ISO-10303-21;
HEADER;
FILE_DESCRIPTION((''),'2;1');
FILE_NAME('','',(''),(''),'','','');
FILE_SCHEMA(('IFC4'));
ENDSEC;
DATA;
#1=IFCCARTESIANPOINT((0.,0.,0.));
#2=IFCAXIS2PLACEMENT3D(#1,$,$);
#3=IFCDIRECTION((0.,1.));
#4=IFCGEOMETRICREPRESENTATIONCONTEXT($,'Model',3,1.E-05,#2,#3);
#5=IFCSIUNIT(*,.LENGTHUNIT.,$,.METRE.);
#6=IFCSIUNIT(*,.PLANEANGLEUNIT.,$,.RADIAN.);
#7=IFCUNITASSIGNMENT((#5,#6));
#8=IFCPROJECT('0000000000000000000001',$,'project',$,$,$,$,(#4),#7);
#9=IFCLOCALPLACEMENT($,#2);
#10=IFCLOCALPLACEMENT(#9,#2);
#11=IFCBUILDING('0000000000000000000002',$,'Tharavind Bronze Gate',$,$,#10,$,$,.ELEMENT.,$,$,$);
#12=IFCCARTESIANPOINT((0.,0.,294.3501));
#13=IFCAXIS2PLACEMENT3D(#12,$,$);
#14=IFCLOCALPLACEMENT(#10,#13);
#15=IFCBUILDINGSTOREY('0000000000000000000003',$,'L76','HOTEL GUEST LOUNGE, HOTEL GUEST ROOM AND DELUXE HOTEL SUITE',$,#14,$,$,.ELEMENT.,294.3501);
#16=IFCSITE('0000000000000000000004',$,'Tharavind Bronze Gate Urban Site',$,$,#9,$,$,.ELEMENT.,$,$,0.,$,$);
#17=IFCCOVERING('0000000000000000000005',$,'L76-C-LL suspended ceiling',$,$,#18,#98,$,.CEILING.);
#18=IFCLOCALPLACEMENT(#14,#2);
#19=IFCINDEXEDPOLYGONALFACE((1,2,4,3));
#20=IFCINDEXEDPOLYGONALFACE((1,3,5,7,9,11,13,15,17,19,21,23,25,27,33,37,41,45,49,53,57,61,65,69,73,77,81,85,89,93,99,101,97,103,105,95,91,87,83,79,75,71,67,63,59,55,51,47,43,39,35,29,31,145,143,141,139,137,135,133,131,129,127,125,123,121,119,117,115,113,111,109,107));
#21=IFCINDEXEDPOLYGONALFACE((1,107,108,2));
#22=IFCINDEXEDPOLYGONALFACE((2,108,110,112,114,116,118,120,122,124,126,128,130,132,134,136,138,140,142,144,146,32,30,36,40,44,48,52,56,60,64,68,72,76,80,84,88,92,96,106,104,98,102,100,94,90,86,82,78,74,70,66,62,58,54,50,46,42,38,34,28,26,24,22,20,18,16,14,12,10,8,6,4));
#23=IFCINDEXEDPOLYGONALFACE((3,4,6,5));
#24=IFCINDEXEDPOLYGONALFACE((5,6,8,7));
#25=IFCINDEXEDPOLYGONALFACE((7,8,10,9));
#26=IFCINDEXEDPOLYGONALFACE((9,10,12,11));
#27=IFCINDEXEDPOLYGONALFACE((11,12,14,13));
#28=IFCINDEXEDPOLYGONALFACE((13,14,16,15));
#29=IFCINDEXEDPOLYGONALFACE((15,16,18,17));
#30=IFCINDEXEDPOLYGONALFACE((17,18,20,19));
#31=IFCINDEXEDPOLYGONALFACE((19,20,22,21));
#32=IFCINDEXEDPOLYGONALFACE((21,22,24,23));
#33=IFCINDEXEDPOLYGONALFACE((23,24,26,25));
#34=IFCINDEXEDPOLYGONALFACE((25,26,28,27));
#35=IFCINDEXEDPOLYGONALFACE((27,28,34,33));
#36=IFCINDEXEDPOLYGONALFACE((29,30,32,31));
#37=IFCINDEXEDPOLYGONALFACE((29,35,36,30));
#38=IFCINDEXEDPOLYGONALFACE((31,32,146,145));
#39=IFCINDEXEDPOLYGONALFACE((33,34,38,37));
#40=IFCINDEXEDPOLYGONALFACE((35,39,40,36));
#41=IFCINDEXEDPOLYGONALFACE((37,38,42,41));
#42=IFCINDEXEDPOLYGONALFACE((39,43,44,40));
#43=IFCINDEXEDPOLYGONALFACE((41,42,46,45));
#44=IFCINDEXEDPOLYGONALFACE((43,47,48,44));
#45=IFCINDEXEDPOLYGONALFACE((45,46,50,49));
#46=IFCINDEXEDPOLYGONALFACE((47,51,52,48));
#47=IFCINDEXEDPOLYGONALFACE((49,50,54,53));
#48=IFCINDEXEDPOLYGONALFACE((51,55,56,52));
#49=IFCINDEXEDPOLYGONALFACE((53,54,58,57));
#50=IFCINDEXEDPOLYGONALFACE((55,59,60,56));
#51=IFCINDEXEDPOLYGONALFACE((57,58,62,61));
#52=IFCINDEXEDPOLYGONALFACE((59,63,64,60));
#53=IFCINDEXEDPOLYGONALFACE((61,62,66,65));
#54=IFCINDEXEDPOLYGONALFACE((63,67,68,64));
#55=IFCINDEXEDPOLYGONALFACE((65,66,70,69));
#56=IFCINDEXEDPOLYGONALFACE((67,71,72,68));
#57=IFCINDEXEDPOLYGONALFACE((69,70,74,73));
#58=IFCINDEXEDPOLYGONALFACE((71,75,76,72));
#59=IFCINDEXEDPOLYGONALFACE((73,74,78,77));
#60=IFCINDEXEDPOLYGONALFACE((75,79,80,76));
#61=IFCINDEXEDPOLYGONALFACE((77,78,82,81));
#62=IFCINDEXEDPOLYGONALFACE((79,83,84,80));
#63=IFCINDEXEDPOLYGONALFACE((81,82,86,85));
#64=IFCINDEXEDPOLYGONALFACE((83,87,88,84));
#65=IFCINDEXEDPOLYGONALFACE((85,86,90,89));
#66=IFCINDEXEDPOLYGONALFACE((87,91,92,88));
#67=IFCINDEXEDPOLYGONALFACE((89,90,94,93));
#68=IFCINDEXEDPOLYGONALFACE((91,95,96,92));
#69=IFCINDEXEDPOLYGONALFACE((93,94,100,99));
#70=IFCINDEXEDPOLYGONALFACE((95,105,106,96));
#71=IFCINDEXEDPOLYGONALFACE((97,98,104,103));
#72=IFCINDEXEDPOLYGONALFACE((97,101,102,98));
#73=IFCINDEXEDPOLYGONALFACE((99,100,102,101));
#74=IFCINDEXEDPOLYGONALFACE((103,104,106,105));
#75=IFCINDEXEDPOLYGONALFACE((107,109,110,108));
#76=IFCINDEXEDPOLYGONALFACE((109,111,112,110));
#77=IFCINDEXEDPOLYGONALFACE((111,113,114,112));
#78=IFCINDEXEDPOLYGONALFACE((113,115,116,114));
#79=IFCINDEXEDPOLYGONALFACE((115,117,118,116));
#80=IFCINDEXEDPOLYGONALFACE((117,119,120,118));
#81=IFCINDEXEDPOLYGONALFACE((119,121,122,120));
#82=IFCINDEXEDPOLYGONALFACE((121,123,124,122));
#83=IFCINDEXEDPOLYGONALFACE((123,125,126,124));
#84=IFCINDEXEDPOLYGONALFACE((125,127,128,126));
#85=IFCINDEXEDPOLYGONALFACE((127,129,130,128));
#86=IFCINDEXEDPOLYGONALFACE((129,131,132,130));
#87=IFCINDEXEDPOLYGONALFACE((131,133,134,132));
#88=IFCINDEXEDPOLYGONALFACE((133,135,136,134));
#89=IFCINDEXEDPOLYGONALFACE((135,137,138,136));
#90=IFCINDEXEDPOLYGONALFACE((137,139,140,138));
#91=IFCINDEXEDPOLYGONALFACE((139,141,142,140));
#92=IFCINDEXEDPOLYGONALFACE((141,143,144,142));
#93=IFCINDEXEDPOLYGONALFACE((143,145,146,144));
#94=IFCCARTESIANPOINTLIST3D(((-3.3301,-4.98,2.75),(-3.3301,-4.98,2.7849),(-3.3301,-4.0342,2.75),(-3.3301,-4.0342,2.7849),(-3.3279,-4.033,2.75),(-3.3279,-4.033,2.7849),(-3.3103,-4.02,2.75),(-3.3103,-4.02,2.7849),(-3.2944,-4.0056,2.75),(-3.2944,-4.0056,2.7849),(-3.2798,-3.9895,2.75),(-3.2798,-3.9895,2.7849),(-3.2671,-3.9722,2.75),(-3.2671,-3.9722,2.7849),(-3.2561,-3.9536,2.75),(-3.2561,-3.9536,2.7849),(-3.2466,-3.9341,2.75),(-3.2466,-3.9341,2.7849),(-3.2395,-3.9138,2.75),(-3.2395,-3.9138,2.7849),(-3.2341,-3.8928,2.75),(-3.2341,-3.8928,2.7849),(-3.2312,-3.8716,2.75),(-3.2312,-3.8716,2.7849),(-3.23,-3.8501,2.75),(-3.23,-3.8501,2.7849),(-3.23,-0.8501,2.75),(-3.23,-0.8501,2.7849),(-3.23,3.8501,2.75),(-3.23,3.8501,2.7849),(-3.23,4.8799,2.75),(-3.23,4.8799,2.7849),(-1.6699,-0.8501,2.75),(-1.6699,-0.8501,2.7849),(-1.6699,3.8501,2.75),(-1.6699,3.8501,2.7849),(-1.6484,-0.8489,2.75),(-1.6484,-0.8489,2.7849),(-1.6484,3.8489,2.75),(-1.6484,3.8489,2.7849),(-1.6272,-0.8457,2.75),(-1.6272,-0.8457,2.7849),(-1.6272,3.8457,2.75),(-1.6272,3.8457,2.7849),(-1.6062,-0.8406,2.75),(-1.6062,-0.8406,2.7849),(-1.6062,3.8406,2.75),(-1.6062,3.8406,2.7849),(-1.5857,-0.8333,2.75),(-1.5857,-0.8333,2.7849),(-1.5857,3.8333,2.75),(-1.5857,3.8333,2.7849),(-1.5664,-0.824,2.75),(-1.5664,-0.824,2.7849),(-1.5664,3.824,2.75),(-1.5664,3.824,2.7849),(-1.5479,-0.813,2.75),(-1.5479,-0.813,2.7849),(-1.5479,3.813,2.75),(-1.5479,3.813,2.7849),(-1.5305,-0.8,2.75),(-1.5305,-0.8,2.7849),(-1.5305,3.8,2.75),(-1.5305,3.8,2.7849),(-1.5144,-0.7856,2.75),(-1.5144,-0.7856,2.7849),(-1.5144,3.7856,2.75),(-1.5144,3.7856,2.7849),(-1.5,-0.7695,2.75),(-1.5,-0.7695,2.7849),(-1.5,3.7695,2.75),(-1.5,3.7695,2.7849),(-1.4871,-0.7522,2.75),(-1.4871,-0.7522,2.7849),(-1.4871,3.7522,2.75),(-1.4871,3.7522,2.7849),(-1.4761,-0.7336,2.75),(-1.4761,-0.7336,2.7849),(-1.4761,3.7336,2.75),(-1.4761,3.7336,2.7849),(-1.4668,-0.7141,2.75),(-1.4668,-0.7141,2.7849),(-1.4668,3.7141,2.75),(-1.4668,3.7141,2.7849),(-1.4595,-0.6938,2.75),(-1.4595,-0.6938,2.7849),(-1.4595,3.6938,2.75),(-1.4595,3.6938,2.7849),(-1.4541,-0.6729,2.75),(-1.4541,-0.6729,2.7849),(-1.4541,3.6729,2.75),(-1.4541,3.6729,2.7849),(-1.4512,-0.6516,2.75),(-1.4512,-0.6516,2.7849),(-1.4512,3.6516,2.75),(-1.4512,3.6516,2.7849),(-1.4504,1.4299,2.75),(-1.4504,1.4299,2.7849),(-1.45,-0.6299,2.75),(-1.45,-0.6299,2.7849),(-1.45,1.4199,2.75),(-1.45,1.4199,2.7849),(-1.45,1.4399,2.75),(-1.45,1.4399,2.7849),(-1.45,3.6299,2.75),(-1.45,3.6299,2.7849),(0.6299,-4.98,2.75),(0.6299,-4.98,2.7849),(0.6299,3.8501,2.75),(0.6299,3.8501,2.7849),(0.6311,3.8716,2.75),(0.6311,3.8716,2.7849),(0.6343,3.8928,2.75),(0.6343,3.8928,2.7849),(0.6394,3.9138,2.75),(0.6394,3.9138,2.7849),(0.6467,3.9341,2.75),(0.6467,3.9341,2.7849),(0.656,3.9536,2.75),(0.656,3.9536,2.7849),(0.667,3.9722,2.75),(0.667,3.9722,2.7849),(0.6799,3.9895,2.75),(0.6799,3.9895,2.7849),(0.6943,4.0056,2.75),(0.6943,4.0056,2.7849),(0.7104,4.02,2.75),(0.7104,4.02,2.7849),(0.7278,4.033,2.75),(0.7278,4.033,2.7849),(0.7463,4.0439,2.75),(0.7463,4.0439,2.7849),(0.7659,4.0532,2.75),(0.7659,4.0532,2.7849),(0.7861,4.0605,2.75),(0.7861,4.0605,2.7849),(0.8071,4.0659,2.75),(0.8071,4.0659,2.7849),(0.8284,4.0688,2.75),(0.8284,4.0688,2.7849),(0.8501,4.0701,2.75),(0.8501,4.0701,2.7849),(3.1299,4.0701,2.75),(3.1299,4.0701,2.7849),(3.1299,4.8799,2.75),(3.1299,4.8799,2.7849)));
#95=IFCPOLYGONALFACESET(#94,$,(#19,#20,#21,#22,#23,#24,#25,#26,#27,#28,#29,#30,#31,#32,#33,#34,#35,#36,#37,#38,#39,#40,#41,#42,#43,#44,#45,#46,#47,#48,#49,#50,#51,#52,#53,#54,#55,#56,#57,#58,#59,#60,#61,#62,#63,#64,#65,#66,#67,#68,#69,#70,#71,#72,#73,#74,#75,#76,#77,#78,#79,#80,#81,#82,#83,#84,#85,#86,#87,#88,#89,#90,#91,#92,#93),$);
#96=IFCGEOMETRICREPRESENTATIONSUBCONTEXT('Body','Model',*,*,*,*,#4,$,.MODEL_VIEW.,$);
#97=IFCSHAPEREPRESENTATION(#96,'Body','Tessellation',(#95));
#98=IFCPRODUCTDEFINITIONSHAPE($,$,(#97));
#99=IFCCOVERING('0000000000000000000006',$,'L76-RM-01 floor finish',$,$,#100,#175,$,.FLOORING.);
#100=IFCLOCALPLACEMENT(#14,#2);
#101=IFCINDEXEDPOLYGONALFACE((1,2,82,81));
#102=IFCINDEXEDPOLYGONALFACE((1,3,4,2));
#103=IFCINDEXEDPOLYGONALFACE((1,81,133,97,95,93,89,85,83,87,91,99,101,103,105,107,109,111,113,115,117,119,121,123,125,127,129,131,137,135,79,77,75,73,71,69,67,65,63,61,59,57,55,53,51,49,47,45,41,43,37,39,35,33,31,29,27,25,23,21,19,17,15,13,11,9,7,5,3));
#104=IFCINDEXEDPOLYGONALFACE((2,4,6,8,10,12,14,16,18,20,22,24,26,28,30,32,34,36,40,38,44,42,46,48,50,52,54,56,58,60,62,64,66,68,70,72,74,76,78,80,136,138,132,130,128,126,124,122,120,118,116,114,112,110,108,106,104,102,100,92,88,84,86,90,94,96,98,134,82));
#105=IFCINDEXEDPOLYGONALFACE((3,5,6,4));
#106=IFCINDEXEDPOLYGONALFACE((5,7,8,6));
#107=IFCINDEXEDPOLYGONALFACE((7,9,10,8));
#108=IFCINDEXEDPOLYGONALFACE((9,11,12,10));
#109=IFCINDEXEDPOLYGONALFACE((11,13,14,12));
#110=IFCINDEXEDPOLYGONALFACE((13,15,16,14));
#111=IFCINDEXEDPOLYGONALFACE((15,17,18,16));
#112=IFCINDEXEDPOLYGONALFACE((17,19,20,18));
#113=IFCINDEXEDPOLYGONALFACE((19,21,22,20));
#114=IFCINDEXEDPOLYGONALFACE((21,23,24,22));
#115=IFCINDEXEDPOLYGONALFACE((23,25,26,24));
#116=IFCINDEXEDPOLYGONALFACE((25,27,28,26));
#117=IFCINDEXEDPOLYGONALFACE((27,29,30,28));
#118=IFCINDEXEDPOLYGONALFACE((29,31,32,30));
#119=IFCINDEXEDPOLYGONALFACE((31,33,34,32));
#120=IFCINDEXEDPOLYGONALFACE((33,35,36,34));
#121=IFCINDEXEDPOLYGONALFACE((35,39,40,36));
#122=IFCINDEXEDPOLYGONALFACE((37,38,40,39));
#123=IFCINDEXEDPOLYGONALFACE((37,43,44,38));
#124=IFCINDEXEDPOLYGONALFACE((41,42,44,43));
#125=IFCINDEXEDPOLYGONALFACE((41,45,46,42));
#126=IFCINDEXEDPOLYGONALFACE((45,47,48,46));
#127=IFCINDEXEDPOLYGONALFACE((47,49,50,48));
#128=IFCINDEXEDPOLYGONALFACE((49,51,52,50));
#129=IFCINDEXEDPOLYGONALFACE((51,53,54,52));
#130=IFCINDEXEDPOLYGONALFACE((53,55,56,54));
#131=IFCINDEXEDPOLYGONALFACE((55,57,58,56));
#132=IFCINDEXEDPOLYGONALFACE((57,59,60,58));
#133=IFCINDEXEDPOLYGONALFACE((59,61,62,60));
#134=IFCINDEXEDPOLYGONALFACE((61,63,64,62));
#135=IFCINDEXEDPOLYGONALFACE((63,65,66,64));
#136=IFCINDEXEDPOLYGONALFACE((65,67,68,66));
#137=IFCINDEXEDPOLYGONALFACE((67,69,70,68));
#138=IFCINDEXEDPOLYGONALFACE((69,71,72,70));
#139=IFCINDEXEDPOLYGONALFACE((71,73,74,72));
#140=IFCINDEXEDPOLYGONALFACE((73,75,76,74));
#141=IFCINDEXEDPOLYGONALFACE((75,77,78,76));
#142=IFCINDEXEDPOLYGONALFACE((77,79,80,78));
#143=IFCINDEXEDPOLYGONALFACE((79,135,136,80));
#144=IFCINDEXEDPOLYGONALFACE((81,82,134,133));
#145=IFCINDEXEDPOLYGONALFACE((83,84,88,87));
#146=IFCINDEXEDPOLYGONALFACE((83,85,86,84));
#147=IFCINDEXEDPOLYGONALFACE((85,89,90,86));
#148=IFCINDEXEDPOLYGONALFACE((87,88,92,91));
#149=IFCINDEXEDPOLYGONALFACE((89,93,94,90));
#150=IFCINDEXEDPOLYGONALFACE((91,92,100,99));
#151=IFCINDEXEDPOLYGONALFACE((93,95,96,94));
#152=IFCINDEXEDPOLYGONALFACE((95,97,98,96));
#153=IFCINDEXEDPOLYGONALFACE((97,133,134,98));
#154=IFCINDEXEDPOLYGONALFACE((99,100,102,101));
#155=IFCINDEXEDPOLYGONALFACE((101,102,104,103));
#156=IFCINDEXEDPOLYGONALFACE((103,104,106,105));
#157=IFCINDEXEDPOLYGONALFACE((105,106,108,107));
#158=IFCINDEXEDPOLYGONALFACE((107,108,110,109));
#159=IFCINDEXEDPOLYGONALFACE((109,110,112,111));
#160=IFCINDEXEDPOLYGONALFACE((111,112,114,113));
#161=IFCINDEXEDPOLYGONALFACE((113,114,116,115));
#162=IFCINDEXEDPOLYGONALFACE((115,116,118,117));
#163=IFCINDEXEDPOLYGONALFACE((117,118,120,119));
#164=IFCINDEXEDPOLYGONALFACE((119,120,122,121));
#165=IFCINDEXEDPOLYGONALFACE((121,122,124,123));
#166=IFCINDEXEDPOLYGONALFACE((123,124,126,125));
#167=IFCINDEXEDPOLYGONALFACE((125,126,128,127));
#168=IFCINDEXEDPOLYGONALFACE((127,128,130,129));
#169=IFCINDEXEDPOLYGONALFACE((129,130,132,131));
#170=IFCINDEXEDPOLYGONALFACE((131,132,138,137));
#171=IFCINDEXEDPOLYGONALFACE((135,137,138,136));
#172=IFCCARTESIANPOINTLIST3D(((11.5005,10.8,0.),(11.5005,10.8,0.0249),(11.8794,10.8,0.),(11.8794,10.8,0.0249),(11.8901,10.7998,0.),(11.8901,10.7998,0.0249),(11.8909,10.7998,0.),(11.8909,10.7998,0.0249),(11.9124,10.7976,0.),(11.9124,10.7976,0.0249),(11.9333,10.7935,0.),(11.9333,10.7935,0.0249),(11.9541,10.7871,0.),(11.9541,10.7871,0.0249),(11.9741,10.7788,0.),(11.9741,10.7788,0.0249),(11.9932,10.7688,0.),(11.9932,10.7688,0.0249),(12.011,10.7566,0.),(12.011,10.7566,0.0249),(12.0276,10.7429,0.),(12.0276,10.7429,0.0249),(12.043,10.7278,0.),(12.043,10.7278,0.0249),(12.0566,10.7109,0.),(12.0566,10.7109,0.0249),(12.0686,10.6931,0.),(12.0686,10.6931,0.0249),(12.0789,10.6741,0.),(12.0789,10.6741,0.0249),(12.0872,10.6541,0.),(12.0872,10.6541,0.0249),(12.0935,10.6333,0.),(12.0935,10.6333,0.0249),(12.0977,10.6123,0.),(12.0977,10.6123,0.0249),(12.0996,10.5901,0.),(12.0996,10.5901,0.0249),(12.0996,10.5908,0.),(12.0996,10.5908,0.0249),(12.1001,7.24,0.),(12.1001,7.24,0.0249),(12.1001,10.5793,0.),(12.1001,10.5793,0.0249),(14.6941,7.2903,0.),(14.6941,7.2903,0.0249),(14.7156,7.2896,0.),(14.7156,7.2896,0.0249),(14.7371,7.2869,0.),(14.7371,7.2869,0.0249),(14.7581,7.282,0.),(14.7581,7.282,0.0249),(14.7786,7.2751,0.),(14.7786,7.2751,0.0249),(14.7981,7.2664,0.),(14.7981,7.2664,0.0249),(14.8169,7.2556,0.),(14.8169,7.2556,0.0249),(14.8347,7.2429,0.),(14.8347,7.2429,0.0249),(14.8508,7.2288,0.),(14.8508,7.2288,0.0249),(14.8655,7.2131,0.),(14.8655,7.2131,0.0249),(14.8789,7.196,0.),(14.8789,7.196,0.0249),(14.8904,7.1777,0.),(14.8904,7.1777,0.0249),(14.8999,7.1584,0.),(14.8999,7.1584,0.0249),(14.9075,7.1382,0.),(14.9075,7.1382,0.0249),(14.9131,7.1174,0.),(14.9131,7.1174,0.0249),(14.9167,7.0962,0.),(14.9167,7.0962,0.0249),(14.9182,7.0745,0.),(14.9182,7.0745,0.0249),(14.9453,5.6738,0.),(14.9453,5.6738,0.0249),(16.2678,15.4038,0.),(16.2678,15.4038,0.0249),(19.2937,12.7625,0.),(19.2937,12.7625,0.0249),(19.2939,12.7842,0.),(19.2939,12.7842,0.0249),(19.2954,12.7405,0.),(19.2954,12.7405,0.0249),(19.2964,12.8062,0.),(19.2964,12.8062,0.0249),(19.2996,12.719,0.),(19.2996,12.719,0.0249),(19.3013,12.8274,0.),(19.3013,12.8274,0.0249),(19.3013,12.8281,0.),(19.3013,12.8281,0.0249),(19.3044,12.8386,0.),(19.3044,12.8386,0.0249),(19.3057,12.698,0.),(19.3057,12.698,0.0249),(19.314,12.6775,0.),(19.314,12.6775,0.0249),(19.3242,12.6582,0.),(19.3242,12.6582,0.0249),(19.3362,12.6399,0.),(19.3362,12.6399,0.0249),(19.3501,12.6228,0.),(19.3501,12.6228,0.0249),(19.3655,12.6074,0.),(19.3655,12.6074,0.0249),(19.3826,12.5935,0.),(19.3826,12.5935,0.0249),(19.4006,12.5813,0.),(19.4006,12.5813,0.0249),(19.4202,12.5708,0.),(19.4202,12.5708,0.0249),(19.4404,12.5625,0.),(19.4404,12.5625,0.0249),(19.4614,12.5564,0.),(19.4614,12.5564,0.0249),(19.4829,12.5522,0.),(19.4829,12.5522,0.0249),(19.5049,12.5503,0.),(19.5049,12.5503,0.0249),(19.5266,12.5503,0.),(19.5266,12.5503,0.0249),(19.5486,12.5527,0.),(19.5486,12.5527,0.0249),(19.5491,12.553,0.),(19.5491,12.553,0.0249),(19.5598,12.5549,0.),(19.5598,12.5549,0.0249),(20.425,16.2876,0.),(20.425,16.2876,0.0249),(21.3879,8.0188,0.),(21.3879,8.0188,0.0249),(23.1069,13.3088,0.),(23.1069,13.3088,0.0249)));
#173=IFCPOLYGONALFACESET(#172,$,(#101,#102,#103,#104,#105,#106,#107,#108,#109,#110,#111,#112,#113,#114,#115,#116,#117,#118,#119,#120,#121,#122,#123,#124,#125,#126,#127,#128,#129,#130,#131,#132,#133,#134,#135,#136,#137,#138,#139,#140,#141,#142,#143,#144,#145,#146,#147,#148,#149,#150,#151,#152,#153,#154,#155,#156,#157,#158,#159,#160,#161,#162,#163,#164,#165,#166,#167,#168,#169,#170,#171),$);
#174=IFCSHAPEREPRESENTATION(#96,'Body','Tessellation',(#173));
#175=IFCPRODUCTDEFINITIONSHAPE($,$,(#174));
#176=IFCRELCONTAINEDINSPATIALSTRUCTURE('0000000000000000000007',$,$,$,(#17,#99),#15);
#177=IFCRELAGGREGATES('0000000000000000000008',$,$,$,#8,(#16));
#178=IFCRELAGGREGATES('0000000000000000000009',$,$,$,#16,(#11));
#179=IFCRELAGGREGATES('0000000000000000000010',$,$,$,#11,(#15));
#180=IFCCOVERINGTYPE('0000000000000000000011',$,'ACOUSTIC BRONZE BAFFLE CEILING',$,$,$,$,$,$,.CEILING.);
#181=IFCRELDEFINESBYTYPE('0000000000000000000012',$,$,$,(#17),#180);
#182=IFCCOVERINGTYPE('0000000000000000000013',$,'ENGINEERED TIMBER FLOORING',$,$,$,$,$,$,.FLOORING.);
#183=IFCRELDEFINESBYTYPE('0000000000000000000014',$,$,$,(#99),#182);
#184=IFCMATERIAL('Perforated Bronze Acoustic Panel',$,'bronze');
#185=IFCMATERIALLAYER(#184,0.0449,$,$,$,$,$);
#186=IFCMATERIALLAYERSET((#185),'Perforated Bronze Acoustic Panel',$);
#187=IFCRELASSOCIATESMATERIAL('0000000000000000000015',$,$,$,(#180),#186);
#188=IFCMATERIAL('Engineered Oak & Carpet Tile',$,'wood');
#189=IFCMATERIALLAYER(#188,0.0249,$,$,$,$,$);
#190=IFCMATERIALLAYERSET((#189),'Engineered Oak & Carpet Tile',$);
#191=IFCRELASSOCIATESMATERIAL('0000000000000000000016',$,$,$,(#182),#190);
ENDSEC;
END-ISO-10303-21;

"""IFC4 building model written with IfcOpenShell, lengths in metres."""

from ifc_helpers import new_model, si_unit, direction, frame, origin, place, context, subcontext, project, spatial, polyline, outline, extrude, material, layer, layer_set, type_object, element, save


model = new_model("IFC4")

# Units and contexts
model_context = context("Model", 3, precision=1e-05, world=origin(), true_north=direction((0.0, 1.0)))
body_context = subcontext(model_context, "Body", "Model", "MODEL_VIEW")
ifc_project = project(units=[si_unit("LENGTHUNIT", "METRE"), si_unit("PLANEANGLEUNIT", "RADIAN")], contexts=[model_context])

# Site, building, storey
site_placement = place(None, origin())
site = spatial("IfcSite", under=ifc_project, at=site_placement, Name="Tharavind Bronze Gate Urban Site", CompositionType="ELEMENT", RefElevation=0.0)
building_placement = place(site_placement, origin())
building = spatial("IfcBuilding", under=site, at=building_placement, Name="Tharavind Bronze Gate", CompositionType="ELEMENT")
storey_placement = place(building_placement, frame((0.0, 0.0, 294.3501)))
storey = spatial("IfcBuildingStorey", under=building, at=storey_placement, Name="L76", Description="HOTEL GUEST LOUNGE, HOTEL GUEST ROOM AND DELUXE HOTEL SUITE", CompositionType="ELEMENT", Elevation=294.3501)

# Coverings
ifc_material_1 = material(Name="Perforated Bronze Acoustic Panel", Category="bronze")
ifc_layer_1 = layer(ifc_material_1, 0.0449)
ifc_layer_set_1 = layer_set([ifc_layer_1], Name="Perforated Bronze Acoustic Panel")
covering_type_1 = type_object("IfcCoveringType", Name="ACOUSTIC BRONZE BAFFLE CEILING", PredefinedType="CEILING", material=ifc_layer_set_1)
covering_1_placement = place(storey_placement, frame((0.0, 0.0, 2.75)))
element("IfcCovering", 1, at=covering_1_placement, inside=storey, type_object=covering_type_1, Name="L76-C-LL suspended ceiling", PredefinedType="CEILING", context=body_context, shape_type="SweptSolid", body=[
    extrude(outline(polyline([(-3.3301, -4.98), (0.6299, -4.98), (0.6299, 3.8501), (0.6311, 3.8716), (0.6343, 3.8928), (0.6394, 3.9138), (0.6467, 3.9341), (0.656, 3.9536), (0.667, 3.9722), (0.6799, 3.9895), (0.6943, 4.0056), (0.7104, 4.02), (0.7278, 4.033), (0.7463, 4.0439), (0.7659, 4.0532), (0.7861, 4.0605), (0.8071, 4.0659), (0.8284, 4.0688), (0.8501, 4.0701), (3.1299, 4.0701), (3.1299, 4.8799), (-3.23, 4.8799), (-3.23, 3.8501), (-1.6699, 3.8501), (-1.6484, 3.8489), (-1.6272, 3.8457), (-1.6062, 3.8406), (-1.5857, 3.8333), (-1.5664, 3.824), (-1.5479, 3.813), (-1.5305, 3.8), (-1.5144, 3.7856), (-1.5, 3.7695), (-1.4871, 3.7522), (-1.4761, 3.7336), (-1.4668, 3.7141), (-1.4595, 3.6938), (-1.4541, 3.6729), (-1.4512, 3.6516), (-1.45, 3.6299), (-1.45, 1.4399), (-1.4504, 1.4299), (-1.45, 1.4199), (-1.45, -0.6299), (-1.4512, -0.6516), (-1.4541, -0.6729), (-1.4595, -0.6938), (-1.4668, -0.7141), (-1.4761, -0.7336), (-1.4871, -0.7522), (-1.5, -0.7695), (-1.5144, -0.7856), (-1.5305, -0.8), (-1.5479, -0.813), (-1.5664, -0.824), (-1.5857, -0.8333), (-1.6062, -0.8406), (-1.6272, -0.8457), (-1.6484, -0.8489), (-1.6699, -0.8501), (-3.23, -0.8501), (-3.23, -3.8501), (-3.2312, -3.8716), (-3.2341, -3.8928), (-3.2395, -3.9138), (-3.2466, -3.9341), (-3.2561, -3.9536), (-3.2671, -3.9722), (-3.2798, -3.9895), (-3.2944, -4.0056), (-3.3103, -4.02), (-3.3279, -4.033), (-3.3301, -4.0342), (-3.3301, -4.98)])), origin(), (0.0, 0.0, 1.0), 0.0349),
])
ifc_material_2 = material(Name="Engineered Oak & Carpet Tile", Category="wood")
ifc_layer_2 = layer(ifc_material_2, 0.0249)
ifc_layer_set_2 = layer_set([ifc_layer_2], Name="Engineered Oak & Carpet Tile")
covering_type_2 = type_object("IfcCoveringType", Name="ENGINEERED TIMBER FLOORING", PredefinedType="FLOORING", material=ifc_layer_set_2)
covering_2_placement = place(storey_placement, origin())
element("IfcCovering", 2, at=covering_2_placement, inside=storey, type_object=covering_type_2, Name="L76-RM-01 floor finish", PredefinedType="FLOORING", context=body_context, shape_type="SweptSolid", body=[
    extrude(outline(polyline([(11.8794, 10.8), (11.8901, 10.7998), (11.8909, 10.7998), (11.9124, 10.7976), (11.9333, 10.7935), (11.9541, 10.7871), (11.9741, 10.7788), (11.9932, 10.7688), (12.011, 10.7566), (12.0276, 10.7429), (12.043, 10.7278), (12.0566, 10.7109), (12.0686, 10.6931), (12.0789, 10.6741), (12.0872, 10.6541), (12.0935, 10.6333), (12.0977, 10.6123), (12.0996, 10.5908), (12.0996, 10.5901), (12.1001, 10.5793), (12.1001, 7.24), (14.6941, 7.2903), (14.7156, 7.2896), (14.7371, 7.2869), (14.7581, 7.282), (14.7786, 7.2751), (14.7981, 7.2664), (14.8169, 7.2556), (14.8347, 7.2429), (14.8508, 7.2288), (14.8655, 7.2131), (14.8789, 7.196), (14.8904, 7.1777), (14.8999, 7.1584), (14.9075, 7.1382), (14.9131, 7.1174), (14.9167, 7.0962), (14.9182, 7.0745), (14.9453, 5.6738), (21.3879, 8.0188), (23.1069, 13.3088), (19.5598, 12.5549), (19.5491, 12.553), (19.5486, 12.5527), (19.5266, 12.5503), (19.5049, 12.5503), (19.4829, 12.5522), (19.4614, 12.5564), (19.4404, 12.5625), (19.4202, 12.5708), (19.4006, 12.5813), (19.3826, 12.5935), (19.3655, 12.6074), (19.3501, 12.6228), (19.3362, 12.6399), (19.3242, 12.6582), (19.314, 12.6775), (19.3057, 12.698), (19.2996, 12.719), (19.2954, 12.7405), (19.2937, 12.7625), (19.2939, 12.7842), (19.2964, 12.8062), (19.3013, 12.8274), (19.3013, 12.8281), (19.3044, 12.8386), (20.425, 16.2876), (16.2678, 15.4038), (11.5005, 10.8), (11.8794, 10.8)])), origin(), (0.0, 0.0, 1.0), 0.0249),
])

save(model, "model.ifc")
